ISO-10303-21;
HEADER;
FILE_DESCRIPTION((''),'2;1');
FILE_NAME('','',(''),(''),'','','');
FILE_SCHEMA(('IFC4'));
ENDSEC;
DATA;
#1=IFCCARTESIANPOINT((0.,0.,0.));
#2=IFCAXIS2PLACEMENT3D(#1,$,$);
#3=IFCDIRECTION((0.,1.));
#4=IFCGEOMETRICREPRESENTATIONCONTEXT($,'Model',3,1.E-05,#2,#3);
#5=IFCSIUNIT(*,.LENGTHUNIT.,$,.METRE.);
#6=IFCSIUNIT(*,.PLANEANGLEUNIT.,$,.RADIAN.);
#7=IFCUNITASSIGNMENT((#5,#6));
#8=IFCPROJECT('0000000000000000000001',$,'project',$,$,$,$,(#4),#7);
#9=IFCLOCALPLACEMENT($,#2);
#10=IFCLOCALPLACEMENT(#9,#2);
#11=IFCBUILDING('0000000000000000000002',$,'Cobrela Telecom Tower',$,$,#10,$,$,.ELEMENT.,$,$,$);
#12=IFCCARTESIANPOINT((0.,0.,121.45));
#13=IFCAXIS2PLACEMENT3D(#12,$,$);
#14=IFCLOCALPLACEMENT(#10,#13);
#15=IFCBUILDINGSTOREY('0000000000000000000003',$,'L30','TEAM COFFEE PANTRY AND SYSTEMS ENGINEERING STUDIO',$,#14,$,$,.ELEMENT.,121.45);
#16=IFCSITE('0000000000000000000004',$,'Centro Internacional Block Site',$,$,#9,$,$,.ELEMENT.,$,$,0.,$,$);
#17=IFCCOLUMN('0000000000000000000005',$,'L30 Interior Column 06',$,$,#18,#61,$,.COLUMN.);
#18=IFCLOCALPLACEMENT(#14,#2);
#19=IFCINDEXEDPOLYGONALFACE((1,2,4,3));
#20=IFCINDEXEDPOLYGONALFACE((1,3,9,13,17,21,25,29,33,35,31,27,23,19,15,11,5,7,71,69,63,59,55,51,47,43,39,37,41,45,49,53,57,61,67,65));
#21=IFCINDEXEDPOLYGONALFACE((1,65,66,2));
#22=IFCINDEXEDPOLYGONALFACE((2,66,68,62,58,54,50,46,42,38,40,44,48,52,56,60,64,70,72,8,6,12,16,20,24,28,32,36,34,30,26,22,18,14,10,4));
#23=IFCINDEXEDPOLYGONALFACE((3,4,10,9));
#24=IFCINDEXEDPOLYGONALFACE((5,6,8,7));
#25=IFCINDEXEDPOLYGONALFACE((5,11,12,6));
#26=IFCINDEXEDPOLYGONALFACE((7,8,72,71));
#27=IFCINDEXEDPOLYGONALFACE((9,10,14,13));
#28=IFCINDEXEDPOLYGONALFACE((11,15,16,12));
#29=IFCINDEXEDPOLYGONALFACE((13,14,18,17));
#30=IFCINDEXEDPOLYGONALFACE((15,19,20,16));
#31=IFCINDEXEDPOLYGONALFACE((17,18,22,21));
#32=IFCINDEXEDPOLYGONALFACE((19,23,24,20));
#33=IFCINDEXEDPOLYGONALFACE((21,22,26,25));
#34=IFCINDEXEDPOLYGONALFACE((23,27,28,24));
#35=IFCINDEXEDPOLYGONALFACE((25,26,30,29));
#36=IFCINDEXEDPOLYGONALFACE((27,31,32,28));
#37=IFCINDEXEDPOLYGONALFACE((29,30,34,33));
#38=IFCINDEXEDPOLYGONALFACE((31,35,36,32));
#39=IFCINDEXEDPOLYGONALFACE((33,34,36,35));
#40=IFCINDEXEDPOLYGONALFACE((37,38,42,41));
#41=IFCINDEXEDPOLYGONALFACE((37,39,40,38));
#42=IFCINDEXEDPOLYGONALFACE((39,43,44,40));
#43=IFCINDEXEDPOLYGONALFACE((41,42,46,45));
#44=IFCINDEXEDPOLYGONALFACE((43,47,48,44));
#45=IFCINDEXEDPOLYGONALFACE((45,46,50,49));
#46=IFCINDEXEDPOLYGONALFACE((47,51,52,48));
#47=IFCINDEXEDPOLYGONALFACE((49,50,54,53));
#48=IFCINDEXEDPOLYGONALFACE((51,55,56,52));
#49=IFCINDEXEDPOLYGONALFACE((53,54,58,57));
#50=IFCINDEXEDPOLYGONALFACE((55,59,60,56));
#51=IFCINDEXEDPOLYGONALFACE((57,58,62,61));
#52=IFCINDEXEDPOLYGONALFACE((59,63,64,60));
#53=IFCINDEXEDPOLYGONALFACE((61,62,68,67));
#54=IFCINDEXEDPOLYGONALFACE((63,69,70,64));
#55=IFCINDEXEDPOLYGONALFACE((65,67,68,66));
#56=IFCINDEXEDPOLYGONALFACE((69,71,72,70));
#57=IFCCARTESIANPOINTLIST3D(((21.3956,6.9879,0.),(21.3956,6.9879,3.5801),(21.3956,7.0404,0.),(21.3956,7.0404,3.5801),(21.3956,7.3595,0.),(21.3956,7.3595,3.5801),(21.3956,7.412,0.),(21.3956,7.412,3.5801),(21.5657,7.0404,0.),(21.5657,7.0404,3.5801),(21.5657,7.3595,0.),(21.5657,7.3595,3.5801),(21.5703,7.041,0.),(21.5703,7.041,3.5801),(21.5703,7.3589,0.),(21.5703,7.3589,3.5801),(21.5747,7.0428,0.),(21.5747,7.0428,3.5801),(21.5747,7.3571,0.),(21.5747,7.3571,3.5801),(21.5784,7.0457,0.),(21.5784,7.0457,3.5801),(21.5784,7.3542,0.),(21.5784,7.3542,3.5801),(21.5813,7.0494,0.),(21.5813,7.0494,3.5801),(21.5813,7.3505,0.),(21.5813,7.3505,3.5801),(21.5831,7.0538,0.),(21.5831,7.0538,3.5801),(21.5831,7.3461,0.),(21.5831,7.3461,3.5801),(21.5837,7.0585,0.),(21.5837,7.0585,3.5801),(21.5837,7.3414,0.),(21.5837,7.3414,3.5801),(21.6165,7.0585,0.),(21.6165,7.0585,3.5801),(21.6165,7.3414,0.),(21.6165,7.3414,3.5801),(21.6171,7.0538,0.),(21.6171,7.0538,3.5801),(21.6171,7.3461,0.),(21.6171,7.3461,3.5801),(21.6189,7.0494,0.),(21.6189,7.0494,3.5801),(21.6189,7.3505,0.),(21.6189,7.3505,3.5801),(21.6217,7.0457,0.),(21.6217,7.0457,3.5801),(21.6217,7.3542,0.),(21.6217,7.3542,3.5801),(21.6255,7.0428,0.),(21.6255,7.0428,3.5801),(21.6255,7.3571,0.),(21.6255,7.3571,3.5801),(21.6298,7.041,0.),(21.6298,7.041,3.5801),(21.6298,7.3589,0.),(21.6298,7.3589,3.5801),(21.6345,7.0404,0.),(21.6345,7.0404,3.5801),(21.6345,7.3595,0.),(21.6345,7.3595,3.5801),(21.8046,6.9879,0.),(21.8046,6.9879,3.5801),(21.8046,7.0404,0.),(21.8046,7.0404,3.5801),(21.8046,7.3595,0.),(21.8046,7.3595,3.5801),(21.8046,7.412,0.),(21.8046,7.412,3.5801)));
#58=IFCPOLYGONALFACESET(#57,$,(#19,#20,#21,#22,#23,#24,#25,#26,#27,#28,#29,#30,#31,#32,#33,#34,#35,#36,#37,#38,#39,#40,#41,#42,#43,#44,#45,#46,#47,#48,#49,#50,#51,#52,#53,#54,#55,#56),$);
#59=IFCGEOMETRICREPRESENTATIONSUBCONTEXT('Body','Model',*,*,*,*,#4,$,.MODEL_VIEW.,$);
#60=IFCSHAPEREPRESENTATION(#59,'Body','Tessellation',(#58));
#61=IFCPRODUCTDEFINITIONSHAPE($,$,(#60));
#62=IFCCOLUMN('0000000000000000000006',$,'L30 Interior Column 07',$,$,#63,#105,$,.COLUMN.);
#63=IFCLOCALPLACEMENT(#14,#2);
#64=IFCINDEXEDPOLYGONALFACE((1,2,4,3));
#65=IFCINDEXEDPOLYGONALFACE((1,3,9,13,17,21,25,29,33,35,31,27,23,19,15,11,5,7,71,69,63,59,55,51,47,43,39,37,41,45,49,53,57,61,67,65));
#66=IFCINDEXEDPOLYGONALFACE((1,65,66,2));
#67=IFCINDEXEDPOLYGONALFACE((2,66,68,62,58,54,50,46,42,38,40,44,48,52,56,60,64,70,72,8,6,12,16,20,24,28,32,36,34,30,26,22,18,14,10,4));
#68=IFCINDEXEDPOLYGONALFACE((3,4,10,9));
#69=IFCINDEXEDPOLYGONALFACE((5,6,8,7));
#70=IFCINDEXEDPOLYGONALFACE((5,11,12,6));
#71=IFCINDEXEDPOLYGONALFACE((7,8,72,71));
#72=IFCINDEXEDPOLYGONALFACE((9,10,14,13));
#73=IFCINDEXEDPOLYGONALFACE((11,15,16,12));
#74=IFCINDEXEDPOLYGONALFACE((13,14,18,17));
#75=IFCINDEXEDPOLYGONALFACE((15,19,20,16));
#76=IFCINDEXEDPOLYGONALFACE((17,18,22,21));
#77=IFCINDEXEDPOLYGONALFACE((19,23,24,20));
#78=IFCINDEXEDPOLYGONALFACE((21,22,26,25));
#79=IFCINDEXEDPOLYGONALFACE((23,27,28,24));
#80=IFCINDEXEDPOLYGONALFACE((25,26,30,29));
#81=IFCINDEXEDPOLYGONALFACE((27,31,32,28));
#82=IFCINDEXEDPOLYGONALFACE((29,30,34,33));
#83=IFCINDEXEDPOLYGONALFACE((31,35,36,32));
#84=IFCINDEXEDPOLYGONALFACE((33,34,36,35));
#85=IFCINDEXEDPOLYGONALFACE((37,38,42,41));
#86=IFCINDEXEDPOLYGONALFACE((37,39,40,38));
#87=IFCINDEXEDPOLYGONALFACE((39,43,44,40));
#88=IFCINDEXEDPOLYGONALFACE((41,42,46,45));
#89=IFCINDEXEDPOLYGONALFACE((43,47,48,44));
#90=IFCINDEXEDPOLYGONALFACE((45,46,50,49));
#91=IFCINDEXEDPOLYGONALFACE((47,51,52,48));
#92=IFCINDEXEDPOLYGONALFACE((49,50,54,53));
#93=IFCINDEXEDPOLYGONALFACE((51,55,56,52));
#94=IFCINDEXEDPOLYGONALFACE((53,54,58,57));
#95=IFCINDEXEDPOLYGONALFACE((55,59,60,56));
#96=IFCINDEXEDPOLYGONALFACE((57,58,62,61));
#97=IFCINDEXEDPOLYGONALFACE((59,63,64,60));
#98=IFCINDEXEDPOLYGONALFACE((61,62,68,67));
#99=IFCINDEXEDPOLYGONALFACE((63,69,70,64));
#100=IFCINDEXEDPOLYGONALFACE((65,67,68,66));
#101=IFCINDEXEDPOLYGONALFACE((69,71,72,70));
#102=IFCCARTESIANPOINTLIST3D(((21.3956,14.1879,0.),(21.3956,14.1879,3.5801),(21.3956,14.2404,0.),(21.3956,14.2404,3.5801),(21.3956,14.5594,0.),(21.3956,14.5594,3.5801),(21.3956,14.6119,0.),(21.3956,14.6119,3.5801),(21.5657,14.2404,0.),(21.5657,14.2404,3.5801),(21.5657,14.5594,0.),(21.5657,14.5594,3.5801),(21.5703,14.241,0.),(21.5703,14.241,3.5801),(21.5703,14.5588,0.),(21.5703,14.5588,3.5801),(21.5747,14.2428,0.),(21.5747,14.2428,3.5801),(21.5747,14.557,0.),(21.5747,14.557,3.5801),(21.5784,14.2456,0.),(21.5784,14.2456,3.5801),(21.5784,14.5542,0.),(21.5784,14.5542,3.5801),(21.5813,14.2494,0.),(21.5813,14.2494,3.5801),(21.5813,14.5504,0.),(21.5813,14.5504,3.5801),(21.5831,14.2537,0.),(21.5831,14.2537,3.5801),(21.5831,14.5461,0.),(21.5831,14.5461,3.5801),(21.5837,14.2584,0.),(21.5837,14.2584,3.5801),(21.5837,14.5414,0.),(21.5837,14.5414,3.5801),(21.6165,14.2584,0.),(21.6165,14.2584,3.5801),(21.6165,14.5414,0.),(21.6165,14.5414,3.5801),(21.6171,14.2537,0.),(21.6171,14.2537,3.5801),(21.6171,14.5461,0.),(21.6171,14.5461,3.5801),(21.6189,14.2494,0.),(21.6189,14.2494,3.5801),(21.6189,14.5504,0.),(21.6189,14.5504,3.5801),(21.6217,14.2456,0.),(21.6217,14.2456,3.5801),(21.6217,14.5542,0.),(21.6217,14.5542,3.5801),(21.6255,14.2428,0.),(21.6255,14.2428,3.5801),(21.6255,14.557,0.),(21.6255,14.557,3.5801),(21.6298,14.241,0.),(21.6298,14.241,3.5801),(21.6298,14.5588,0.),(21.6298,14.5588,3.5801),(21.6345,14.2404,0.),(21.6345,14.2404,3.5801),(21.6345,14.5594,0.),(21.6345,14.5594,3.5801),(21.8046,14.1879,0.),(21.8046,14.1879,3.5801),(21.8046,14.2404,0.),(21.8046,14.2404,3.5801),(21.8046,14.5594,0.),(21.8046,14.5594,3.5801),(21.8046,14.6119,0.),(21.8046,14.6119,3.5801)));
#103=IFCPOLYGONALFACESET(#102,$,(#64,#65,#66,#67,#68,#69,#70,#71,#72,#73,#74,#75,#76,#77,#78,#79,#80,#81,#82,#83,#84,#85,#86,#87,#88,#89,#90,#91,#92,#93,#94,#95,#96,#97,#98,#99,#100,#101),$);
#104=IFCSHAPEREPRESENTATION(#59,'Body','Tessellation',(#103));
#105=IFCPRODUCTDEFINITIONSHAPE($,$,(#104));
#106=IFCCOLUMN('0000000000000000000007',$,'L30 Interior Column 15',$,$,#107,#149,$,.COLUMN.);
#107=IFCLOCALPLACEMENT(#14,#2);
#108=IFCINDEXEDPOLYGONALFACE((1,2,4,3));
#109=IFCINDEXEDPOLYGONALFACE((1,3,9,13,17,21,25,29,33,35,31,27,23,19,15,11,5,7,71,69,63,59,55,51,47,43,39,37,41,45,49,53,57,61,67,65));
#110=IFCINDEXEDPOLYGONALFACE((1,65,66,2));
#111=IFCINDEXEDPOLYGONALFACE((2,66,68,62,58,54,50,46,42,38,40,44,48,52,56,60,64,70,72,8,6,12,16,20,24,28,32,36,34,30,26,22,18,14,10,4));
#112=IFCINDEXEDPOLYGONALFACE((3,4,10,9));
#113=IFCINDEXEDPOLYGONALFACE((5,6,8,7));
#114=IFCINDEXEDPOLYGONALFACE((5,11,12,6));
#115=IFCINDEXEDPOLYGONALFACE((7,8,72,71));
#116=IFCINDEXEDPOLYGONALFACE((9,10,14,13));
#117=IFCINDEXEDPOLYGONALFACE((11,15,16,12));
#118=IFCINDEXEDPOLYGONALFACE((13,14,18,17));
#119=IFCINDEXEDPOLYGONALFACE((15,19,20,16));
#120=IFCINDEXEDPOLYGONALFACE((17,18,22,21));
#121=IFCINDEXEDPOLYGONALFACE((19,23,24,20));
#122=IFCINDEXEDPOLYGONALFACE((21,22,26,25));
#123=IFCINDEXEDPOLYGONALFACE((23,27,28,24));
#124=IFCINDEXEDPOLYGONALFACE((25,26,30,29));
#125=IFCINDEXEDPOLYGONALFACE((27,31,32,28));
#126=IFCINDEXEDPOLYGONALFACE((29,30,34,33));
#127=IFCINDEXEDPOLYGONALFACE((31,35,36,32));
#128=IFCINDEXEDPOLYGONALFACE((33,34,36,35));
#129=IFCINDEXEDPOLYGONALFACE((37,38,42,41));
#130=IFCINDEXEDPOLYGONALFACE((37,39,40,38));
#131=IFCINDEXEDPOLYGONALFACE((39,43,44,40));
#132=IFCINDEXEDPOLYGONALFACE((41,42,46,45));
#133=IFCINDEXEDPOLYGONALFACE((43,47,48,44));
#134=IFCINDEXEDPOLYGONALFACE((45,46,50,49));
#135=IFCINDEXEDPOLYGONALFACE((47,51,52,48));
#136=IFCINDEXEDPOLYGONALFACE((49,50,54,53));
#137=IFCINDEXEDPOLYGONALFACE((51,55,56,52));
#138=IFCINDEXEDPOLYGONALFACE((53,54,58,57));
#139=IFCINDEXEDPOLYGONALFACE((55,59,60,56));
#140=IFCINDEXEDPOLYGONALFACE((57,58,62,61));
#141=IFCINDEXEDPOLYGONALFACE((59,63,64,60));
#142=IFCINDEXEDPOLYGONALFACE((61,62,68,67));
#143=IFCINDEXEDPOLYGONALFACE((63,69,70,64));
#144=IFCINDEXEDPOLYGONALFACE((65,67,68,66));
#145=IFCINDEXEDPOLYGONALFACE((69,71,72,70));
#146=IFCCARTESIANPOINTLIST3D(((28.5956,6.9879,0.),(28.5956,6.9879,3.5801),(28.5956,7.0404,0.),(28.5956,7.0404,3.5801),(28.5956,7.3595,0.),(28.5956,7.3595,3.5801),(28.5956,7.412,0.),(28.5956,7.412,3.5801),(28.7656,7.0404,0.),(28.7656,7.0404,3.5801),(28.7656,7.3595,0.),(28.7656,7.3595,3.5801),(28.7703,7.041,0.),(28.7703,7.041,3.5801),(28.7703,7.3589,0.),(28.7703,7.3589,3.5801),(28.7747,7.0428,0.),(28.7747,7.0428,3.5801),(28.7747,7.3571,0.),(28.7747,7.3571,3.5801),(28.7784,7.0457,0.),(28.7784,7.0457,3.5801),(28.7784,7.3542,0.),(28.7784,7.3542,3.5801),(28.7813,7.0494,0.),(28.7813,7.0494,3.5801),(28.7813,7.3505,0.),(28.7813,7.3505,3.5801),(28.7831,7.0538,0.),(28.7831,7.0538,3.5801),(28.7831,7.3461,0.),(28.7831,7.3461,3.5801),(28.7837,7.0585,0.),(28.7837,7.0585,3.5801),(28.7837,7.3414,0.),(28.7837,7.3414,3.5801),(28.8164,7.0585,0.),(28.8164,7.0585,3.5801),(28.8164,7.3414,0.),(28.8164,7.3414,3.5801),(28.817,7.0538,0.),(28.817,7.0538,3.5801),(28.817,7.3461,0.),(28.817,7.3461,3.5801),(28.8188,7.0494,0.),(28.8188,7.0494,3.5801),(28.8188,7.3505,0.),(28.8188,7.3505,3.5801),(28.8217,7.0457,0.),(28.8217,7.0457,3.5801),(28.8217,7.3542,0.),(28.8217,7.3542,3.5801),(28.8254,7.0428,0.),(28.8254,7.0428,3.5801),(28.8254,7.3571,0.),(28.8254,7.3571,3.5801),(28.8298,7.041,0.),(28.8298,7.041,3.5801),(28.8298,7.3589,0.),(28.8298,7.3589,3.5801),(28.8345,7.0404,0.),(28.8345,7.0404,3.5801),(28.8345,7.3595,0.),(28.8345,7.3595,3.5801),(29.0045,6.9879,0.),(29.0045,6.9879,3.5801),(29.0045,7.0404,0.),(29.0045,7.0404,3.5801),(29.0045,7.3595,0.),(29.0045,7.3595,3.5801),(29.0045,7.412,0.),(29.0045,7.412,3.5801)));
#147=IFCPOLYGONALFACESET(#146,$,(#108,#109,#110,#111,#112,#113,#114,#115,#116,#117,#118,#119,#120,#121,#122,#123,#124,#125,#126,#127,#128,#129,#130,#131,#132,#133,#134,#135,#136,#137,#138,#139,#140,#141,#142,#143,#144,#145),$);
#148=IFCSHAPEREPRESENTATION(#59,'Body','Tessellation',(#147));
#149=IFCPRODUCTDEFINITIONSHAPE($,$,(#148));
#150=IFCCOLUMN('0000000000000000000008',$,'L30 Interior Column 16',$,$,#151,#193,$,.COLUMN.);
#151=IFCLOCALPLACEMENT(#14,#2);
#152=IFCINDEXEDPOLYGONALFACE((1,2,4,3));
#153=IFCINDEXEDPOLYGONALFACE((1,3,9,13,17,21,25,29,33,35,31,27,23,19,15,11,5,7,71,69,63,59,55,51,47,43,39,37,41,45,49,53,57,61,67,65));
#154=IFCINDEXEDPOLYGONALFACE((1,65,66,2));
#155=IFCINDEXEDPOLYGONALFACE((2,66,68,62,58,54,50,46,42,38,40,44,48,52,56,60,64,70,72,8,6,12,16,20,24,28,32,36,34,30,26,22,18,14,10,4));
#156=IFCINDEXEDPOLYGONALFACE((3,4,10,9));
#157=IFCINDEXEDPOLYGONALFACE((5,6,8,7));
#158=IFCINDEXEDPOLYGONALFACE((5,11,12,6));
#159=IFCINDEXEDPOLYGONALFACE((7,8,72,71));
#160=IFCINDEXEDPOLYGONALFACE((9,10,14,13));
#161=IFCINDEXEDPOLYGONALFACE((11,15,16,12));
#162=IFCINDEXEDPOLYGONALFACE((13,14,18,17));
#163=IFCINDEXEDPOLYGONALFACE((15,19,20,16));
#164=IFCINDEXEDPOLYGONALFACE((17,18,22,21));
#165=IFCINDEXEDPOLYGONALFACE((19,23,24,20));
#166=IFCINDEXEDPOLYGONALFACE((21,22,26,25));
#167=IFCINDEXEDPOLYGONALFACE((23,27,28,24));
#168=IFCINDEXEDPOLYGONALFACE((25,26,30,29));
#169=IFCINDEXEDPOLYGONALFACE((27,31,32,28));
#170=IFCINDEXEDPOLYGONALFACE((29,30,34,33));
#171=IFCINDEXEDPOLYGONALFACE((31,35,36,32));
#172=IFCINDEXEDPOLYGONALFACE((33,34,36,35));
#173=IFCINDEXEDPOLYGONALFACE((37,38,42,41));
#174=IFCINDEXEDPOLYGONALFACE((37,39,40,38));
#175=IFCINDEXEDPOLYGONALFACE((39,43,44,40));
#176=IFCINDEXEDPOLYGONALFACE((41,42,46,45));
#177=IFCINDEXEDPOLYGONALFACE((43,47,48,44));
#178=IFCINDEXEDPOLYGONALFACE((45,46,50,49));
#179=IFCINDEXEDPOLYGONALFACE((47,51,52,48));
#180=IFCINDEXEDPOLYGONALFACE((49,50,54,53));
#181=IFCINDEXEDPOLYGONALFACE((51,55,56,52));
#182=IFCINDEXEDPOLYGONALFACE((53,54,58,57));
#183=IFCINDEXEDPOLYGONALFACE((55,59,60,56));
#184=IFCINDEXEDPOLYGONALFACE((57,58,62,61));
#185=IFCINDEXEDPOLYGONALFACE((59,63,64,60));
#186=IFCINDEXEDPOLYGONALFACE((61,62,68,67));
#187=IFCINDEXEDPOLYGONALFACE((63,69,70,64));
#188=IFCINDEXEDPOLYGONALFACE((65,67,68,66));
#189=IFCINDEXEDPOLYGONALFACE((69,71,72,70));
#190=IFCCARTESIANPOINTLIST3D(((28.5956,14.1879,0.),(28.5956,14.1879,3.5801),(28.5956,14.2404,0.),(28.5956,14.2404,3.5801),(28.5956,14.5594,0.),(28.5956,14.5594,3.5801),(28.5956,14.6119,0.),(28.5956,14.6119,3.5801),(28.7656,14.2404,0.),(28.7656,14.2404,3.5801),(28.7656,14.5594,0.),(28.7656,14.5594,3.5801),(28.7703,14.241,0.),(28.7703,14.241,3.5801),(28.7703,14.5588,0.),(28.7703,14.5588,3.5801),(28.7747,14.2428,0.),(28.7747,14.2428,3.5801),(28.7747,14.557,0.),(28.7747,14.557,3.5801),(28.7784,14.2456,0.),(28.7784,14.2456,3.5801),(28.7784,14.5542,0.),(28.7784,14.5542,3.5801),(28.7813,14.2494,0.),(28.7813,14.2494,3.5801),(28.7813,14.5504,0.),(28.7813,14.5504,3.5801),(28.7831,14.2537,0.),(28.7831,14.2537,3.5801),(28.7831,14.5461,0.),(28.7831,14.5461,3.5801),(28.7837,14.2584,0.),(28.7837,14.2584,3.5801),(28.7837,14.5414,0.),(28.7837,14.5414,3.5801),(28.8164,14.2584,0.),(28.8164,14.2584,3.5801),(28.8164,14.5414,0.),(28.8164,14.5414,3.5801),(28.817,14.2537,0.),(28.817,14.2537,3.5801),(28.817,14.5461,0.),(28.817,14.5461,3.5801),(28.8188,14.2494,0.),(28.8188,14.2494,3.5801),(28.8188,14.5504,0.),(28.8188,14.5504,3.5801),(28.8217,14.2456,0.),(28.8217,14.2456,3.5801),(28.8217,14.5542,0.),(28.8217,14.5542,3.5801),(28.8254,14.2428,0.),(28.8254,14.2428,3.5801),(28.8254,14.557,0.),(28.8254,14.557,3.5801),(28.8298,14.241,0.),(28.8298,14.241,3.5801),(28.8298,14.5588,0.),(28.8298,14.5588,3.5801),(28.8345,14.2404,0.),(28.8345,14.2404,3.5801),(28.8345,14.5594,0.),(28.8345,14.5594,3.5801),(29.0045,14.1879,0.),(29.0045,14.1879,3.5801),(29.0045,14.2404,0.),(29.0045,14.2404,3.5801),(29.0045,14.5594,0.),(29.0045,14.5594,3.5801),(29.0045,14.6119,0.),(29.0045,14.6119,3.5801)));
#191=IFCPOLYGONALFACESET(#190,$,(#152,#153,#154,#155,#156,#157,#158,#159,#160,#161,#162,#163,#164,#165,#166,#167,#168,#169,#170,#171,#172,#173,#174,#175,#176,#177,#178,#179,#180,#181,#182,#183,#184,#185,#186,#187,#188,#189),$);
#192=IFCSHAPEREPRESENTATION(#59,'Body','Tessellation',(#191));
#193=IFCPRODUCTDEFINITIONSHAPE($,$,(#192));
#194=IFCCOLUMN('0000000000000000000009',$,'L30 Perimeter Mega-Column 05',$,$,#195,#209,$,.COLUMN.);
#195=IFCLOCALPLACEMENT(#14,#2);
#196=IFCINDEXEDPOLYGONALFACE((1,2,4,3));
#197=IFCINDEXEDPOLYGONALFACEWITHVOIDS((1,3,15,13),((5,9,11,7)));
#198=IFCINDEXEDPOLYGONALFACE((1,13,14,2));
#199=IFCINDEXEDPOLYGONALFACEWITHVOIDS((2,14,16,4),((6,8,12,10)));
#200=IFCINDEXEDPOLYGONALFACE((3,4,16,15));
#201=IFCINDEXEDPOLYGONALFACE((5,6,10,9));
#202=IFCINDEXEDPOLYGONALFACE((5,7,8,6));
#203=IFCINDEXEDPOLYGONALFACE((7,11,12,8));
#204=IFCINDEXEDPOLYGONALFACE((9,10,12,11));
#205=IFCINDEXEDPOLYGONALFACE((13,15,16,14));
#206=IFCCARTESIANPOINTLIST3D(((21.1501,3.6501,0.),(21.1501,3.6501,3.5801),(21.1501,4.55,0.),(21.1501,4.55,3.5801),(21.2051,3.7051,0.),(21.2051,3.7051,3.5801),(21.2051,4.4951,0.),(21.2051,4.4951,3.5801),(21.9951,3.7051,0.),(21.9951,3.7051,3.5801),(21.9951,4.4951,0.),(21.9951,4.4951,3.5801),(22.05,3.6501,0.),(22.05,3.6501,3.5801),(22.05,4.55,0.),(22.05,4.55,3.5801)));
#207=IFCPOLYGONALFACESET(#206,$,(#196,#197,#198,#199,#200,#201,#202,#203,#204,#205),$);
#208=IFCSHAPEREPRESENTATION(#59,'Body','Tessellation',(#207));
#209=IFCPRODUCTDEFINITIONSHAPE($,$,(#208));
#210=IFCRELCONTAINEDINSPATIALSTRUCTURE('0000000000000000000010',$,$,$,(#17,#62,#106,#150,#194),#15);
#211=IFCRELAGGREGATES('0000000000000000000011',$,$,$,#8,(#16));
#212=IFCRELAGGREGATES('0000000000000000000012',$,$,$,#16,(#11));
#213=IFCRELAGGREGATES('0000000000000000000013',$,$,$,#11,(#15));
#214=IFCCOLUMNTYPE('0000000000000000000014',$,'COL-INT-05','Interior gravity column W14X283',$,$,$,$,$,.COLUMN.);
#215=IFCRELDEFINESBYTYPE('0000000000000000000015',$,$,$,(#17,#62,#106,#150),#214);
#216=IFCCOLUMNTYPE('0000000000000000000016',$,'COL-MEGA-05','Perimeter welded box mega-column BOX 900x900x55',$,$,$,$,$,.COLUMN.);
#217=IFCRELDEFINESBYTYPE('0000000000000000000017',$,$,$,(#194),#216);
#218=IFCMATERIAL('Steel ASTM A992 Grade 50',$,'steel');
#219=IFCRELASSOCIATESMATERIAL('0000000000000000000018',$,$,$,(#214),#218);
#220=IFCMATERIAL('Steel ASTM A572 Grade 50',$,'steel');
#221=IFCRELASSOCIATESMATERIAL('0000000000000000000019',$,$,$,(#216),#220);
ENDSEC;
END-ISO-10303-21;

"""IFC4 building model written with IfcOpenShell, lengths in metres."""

from ifc_helpers import new_model, si_unit, direction, frame, origin, origin_2d, place, context, subcontext, project, spatial, hollow_rectangle, i_section, extrude, material, material_profile, profile_set, type_object, element, save


model = new_model("IFC4")

# Units and contexts
model_context = context("Model", 3, precision=1e-05, world=origin(), true_north=direction((0.0, 1.0)))
body_context = subcontext(model_context, "Body", "Model", "MODEL_VIEW")
ifc_project = project(units=[si_unit("LENGTHUNIT", "METRE"), si_unit("PLANEANGLEUNIT", "RADIAN")], contexts=[model_context])

# Site, building, storey
site_placement = place(None, origin())
site = spatial("IfcSite", under=ifc_project, at=site_placement, Name="Centro Internacional Block Site", CompositionType="ELEMENT", RefElevation=0.0)
building_placement = place(site_placement, origin())
building = spatial("IfcBuilding", under=site, at=building_placement, Name="Cobrela Telecom Tower", CompositionType="ELEMENT")
storey_placement = place(building_placement, frame((0.0, 0.0, 121.45)))
storey = spatial("IfcBuildingStorey", under=building, at=storey_placement, Name="L30", Description="TEAM COFFEE PANTRY AND SYSTEMS ENGINEERING STUDIO", CompositionType="ELEMENT", Elevation=121.45)

# Columns
ifc_material_1 = material(Name="Steel ASTM A992 Grade 50", Category="steel")
ifc_material_profile_1 = material_profile(ifc_material_1, i_section(OverallWidth=0.4089, OverallDepth=0.4241, WebThickness=0.0327, FlangeThickness=0.0525, FilletRadius=0.0181, at=origin_2d()), Name="W14X283")
ifc_profile_set_1 = profile_set([ifc_material_profile_1], Name="Steel ASTM A992 Grade 50")
column_type_1 = type_object("IfcColumnType", Name="COL-INT-05", Description="Interior gravity column W14X283", PredefinedType="COLUMN", material=ifc_profile_set_1)
for number, where, z_axis, x_axis, name in (
    (1, (21.6001, 7.2, 0.0), (0.0, 0.0, 1.0), (1.0, 0.0, 0.0), "L30 Interior Column 06"),
    (2, (21.6001, 14.3999, 0.0), (0.0, 0.0, 1.0), (1.0, 0.0, 0.0), "L30 Interior Column 07"),
    (3, (28.8, 7.2, 0.0), (0.0, 0.0, 1.0), (1.0, 0.0, 0.0), "L30 Interior Column 15"),
    (4, (28.8, 14.3999, 0.0), (0.0, 0.0, 1.0), (1.0, 0.0, 0.0), "L30 Interior Column 16"),
):
    element("IfcColumn", number, at=place(storey_placement, frame(where, z_axis=z_axis, x_axis=x_axis)), inside=storey, type_object=column_type_1, Name=name, PredefinedType="COLUMN", context=body_context, shape_type="SweptSolid", body=[
        extrude(i_section(OverallWidth=0.4089, OverallDepth=0.4241, WebThickness=0.0327, FlangeThickness=0.0525, FilletRadius=0.0181, at=origin_2d()), origin(), (0.0, 0.0, 1.0), 3.5801),
    ])
ifc_material_2 = material(Name="Steel ASTM A572 Grade 50", Category="steel")
ifc_material_profile_2 = material_profile(ifc_material_2, hollow_rectangle(XDim=0.8999, YDim=0.8999, WallThickness=0.0549, at=origin_2d()), Name="BOX 900x900x55")
ifc_profile_set_2 = profile_set([ifc_material_profile_2], Name="Steel ASTM A572 Grade 50")
column_type_2 = type_object("IfcColumnType", Name="COL-MEGA-05", Description="Perimeter welded box mega-column BOX 900x900x55", PredefinedType="COLUMN", material=ifc_profile_set_2)
for number, where, z_axis, x_axis, name in (
    (5, (21.6001, 4.1001, 0.0), (0.0, 0.0, 1.0), (1.0, 0.0, 0.0), "L30 Perimeter Mega-Column 05"),
):
    element("IfcColumn", number, at=place(storey_placement, frame(where, z_axis=z_axis, x_axis=x_axis)), inside=storey, type_object=column_type_2, Name=name, PredefinedType="COLUMN", context=body_context, shape_type="SweptSolid", body=[
        extrude(hollow_rectangle(XDim=0.8999, YDim=0.8999, WallThickness=0.0549, at=origin_2d()), origin(), (0.0, 0.0, 1.0), 3.5801),
    ])

save(model, "model.ifc")
